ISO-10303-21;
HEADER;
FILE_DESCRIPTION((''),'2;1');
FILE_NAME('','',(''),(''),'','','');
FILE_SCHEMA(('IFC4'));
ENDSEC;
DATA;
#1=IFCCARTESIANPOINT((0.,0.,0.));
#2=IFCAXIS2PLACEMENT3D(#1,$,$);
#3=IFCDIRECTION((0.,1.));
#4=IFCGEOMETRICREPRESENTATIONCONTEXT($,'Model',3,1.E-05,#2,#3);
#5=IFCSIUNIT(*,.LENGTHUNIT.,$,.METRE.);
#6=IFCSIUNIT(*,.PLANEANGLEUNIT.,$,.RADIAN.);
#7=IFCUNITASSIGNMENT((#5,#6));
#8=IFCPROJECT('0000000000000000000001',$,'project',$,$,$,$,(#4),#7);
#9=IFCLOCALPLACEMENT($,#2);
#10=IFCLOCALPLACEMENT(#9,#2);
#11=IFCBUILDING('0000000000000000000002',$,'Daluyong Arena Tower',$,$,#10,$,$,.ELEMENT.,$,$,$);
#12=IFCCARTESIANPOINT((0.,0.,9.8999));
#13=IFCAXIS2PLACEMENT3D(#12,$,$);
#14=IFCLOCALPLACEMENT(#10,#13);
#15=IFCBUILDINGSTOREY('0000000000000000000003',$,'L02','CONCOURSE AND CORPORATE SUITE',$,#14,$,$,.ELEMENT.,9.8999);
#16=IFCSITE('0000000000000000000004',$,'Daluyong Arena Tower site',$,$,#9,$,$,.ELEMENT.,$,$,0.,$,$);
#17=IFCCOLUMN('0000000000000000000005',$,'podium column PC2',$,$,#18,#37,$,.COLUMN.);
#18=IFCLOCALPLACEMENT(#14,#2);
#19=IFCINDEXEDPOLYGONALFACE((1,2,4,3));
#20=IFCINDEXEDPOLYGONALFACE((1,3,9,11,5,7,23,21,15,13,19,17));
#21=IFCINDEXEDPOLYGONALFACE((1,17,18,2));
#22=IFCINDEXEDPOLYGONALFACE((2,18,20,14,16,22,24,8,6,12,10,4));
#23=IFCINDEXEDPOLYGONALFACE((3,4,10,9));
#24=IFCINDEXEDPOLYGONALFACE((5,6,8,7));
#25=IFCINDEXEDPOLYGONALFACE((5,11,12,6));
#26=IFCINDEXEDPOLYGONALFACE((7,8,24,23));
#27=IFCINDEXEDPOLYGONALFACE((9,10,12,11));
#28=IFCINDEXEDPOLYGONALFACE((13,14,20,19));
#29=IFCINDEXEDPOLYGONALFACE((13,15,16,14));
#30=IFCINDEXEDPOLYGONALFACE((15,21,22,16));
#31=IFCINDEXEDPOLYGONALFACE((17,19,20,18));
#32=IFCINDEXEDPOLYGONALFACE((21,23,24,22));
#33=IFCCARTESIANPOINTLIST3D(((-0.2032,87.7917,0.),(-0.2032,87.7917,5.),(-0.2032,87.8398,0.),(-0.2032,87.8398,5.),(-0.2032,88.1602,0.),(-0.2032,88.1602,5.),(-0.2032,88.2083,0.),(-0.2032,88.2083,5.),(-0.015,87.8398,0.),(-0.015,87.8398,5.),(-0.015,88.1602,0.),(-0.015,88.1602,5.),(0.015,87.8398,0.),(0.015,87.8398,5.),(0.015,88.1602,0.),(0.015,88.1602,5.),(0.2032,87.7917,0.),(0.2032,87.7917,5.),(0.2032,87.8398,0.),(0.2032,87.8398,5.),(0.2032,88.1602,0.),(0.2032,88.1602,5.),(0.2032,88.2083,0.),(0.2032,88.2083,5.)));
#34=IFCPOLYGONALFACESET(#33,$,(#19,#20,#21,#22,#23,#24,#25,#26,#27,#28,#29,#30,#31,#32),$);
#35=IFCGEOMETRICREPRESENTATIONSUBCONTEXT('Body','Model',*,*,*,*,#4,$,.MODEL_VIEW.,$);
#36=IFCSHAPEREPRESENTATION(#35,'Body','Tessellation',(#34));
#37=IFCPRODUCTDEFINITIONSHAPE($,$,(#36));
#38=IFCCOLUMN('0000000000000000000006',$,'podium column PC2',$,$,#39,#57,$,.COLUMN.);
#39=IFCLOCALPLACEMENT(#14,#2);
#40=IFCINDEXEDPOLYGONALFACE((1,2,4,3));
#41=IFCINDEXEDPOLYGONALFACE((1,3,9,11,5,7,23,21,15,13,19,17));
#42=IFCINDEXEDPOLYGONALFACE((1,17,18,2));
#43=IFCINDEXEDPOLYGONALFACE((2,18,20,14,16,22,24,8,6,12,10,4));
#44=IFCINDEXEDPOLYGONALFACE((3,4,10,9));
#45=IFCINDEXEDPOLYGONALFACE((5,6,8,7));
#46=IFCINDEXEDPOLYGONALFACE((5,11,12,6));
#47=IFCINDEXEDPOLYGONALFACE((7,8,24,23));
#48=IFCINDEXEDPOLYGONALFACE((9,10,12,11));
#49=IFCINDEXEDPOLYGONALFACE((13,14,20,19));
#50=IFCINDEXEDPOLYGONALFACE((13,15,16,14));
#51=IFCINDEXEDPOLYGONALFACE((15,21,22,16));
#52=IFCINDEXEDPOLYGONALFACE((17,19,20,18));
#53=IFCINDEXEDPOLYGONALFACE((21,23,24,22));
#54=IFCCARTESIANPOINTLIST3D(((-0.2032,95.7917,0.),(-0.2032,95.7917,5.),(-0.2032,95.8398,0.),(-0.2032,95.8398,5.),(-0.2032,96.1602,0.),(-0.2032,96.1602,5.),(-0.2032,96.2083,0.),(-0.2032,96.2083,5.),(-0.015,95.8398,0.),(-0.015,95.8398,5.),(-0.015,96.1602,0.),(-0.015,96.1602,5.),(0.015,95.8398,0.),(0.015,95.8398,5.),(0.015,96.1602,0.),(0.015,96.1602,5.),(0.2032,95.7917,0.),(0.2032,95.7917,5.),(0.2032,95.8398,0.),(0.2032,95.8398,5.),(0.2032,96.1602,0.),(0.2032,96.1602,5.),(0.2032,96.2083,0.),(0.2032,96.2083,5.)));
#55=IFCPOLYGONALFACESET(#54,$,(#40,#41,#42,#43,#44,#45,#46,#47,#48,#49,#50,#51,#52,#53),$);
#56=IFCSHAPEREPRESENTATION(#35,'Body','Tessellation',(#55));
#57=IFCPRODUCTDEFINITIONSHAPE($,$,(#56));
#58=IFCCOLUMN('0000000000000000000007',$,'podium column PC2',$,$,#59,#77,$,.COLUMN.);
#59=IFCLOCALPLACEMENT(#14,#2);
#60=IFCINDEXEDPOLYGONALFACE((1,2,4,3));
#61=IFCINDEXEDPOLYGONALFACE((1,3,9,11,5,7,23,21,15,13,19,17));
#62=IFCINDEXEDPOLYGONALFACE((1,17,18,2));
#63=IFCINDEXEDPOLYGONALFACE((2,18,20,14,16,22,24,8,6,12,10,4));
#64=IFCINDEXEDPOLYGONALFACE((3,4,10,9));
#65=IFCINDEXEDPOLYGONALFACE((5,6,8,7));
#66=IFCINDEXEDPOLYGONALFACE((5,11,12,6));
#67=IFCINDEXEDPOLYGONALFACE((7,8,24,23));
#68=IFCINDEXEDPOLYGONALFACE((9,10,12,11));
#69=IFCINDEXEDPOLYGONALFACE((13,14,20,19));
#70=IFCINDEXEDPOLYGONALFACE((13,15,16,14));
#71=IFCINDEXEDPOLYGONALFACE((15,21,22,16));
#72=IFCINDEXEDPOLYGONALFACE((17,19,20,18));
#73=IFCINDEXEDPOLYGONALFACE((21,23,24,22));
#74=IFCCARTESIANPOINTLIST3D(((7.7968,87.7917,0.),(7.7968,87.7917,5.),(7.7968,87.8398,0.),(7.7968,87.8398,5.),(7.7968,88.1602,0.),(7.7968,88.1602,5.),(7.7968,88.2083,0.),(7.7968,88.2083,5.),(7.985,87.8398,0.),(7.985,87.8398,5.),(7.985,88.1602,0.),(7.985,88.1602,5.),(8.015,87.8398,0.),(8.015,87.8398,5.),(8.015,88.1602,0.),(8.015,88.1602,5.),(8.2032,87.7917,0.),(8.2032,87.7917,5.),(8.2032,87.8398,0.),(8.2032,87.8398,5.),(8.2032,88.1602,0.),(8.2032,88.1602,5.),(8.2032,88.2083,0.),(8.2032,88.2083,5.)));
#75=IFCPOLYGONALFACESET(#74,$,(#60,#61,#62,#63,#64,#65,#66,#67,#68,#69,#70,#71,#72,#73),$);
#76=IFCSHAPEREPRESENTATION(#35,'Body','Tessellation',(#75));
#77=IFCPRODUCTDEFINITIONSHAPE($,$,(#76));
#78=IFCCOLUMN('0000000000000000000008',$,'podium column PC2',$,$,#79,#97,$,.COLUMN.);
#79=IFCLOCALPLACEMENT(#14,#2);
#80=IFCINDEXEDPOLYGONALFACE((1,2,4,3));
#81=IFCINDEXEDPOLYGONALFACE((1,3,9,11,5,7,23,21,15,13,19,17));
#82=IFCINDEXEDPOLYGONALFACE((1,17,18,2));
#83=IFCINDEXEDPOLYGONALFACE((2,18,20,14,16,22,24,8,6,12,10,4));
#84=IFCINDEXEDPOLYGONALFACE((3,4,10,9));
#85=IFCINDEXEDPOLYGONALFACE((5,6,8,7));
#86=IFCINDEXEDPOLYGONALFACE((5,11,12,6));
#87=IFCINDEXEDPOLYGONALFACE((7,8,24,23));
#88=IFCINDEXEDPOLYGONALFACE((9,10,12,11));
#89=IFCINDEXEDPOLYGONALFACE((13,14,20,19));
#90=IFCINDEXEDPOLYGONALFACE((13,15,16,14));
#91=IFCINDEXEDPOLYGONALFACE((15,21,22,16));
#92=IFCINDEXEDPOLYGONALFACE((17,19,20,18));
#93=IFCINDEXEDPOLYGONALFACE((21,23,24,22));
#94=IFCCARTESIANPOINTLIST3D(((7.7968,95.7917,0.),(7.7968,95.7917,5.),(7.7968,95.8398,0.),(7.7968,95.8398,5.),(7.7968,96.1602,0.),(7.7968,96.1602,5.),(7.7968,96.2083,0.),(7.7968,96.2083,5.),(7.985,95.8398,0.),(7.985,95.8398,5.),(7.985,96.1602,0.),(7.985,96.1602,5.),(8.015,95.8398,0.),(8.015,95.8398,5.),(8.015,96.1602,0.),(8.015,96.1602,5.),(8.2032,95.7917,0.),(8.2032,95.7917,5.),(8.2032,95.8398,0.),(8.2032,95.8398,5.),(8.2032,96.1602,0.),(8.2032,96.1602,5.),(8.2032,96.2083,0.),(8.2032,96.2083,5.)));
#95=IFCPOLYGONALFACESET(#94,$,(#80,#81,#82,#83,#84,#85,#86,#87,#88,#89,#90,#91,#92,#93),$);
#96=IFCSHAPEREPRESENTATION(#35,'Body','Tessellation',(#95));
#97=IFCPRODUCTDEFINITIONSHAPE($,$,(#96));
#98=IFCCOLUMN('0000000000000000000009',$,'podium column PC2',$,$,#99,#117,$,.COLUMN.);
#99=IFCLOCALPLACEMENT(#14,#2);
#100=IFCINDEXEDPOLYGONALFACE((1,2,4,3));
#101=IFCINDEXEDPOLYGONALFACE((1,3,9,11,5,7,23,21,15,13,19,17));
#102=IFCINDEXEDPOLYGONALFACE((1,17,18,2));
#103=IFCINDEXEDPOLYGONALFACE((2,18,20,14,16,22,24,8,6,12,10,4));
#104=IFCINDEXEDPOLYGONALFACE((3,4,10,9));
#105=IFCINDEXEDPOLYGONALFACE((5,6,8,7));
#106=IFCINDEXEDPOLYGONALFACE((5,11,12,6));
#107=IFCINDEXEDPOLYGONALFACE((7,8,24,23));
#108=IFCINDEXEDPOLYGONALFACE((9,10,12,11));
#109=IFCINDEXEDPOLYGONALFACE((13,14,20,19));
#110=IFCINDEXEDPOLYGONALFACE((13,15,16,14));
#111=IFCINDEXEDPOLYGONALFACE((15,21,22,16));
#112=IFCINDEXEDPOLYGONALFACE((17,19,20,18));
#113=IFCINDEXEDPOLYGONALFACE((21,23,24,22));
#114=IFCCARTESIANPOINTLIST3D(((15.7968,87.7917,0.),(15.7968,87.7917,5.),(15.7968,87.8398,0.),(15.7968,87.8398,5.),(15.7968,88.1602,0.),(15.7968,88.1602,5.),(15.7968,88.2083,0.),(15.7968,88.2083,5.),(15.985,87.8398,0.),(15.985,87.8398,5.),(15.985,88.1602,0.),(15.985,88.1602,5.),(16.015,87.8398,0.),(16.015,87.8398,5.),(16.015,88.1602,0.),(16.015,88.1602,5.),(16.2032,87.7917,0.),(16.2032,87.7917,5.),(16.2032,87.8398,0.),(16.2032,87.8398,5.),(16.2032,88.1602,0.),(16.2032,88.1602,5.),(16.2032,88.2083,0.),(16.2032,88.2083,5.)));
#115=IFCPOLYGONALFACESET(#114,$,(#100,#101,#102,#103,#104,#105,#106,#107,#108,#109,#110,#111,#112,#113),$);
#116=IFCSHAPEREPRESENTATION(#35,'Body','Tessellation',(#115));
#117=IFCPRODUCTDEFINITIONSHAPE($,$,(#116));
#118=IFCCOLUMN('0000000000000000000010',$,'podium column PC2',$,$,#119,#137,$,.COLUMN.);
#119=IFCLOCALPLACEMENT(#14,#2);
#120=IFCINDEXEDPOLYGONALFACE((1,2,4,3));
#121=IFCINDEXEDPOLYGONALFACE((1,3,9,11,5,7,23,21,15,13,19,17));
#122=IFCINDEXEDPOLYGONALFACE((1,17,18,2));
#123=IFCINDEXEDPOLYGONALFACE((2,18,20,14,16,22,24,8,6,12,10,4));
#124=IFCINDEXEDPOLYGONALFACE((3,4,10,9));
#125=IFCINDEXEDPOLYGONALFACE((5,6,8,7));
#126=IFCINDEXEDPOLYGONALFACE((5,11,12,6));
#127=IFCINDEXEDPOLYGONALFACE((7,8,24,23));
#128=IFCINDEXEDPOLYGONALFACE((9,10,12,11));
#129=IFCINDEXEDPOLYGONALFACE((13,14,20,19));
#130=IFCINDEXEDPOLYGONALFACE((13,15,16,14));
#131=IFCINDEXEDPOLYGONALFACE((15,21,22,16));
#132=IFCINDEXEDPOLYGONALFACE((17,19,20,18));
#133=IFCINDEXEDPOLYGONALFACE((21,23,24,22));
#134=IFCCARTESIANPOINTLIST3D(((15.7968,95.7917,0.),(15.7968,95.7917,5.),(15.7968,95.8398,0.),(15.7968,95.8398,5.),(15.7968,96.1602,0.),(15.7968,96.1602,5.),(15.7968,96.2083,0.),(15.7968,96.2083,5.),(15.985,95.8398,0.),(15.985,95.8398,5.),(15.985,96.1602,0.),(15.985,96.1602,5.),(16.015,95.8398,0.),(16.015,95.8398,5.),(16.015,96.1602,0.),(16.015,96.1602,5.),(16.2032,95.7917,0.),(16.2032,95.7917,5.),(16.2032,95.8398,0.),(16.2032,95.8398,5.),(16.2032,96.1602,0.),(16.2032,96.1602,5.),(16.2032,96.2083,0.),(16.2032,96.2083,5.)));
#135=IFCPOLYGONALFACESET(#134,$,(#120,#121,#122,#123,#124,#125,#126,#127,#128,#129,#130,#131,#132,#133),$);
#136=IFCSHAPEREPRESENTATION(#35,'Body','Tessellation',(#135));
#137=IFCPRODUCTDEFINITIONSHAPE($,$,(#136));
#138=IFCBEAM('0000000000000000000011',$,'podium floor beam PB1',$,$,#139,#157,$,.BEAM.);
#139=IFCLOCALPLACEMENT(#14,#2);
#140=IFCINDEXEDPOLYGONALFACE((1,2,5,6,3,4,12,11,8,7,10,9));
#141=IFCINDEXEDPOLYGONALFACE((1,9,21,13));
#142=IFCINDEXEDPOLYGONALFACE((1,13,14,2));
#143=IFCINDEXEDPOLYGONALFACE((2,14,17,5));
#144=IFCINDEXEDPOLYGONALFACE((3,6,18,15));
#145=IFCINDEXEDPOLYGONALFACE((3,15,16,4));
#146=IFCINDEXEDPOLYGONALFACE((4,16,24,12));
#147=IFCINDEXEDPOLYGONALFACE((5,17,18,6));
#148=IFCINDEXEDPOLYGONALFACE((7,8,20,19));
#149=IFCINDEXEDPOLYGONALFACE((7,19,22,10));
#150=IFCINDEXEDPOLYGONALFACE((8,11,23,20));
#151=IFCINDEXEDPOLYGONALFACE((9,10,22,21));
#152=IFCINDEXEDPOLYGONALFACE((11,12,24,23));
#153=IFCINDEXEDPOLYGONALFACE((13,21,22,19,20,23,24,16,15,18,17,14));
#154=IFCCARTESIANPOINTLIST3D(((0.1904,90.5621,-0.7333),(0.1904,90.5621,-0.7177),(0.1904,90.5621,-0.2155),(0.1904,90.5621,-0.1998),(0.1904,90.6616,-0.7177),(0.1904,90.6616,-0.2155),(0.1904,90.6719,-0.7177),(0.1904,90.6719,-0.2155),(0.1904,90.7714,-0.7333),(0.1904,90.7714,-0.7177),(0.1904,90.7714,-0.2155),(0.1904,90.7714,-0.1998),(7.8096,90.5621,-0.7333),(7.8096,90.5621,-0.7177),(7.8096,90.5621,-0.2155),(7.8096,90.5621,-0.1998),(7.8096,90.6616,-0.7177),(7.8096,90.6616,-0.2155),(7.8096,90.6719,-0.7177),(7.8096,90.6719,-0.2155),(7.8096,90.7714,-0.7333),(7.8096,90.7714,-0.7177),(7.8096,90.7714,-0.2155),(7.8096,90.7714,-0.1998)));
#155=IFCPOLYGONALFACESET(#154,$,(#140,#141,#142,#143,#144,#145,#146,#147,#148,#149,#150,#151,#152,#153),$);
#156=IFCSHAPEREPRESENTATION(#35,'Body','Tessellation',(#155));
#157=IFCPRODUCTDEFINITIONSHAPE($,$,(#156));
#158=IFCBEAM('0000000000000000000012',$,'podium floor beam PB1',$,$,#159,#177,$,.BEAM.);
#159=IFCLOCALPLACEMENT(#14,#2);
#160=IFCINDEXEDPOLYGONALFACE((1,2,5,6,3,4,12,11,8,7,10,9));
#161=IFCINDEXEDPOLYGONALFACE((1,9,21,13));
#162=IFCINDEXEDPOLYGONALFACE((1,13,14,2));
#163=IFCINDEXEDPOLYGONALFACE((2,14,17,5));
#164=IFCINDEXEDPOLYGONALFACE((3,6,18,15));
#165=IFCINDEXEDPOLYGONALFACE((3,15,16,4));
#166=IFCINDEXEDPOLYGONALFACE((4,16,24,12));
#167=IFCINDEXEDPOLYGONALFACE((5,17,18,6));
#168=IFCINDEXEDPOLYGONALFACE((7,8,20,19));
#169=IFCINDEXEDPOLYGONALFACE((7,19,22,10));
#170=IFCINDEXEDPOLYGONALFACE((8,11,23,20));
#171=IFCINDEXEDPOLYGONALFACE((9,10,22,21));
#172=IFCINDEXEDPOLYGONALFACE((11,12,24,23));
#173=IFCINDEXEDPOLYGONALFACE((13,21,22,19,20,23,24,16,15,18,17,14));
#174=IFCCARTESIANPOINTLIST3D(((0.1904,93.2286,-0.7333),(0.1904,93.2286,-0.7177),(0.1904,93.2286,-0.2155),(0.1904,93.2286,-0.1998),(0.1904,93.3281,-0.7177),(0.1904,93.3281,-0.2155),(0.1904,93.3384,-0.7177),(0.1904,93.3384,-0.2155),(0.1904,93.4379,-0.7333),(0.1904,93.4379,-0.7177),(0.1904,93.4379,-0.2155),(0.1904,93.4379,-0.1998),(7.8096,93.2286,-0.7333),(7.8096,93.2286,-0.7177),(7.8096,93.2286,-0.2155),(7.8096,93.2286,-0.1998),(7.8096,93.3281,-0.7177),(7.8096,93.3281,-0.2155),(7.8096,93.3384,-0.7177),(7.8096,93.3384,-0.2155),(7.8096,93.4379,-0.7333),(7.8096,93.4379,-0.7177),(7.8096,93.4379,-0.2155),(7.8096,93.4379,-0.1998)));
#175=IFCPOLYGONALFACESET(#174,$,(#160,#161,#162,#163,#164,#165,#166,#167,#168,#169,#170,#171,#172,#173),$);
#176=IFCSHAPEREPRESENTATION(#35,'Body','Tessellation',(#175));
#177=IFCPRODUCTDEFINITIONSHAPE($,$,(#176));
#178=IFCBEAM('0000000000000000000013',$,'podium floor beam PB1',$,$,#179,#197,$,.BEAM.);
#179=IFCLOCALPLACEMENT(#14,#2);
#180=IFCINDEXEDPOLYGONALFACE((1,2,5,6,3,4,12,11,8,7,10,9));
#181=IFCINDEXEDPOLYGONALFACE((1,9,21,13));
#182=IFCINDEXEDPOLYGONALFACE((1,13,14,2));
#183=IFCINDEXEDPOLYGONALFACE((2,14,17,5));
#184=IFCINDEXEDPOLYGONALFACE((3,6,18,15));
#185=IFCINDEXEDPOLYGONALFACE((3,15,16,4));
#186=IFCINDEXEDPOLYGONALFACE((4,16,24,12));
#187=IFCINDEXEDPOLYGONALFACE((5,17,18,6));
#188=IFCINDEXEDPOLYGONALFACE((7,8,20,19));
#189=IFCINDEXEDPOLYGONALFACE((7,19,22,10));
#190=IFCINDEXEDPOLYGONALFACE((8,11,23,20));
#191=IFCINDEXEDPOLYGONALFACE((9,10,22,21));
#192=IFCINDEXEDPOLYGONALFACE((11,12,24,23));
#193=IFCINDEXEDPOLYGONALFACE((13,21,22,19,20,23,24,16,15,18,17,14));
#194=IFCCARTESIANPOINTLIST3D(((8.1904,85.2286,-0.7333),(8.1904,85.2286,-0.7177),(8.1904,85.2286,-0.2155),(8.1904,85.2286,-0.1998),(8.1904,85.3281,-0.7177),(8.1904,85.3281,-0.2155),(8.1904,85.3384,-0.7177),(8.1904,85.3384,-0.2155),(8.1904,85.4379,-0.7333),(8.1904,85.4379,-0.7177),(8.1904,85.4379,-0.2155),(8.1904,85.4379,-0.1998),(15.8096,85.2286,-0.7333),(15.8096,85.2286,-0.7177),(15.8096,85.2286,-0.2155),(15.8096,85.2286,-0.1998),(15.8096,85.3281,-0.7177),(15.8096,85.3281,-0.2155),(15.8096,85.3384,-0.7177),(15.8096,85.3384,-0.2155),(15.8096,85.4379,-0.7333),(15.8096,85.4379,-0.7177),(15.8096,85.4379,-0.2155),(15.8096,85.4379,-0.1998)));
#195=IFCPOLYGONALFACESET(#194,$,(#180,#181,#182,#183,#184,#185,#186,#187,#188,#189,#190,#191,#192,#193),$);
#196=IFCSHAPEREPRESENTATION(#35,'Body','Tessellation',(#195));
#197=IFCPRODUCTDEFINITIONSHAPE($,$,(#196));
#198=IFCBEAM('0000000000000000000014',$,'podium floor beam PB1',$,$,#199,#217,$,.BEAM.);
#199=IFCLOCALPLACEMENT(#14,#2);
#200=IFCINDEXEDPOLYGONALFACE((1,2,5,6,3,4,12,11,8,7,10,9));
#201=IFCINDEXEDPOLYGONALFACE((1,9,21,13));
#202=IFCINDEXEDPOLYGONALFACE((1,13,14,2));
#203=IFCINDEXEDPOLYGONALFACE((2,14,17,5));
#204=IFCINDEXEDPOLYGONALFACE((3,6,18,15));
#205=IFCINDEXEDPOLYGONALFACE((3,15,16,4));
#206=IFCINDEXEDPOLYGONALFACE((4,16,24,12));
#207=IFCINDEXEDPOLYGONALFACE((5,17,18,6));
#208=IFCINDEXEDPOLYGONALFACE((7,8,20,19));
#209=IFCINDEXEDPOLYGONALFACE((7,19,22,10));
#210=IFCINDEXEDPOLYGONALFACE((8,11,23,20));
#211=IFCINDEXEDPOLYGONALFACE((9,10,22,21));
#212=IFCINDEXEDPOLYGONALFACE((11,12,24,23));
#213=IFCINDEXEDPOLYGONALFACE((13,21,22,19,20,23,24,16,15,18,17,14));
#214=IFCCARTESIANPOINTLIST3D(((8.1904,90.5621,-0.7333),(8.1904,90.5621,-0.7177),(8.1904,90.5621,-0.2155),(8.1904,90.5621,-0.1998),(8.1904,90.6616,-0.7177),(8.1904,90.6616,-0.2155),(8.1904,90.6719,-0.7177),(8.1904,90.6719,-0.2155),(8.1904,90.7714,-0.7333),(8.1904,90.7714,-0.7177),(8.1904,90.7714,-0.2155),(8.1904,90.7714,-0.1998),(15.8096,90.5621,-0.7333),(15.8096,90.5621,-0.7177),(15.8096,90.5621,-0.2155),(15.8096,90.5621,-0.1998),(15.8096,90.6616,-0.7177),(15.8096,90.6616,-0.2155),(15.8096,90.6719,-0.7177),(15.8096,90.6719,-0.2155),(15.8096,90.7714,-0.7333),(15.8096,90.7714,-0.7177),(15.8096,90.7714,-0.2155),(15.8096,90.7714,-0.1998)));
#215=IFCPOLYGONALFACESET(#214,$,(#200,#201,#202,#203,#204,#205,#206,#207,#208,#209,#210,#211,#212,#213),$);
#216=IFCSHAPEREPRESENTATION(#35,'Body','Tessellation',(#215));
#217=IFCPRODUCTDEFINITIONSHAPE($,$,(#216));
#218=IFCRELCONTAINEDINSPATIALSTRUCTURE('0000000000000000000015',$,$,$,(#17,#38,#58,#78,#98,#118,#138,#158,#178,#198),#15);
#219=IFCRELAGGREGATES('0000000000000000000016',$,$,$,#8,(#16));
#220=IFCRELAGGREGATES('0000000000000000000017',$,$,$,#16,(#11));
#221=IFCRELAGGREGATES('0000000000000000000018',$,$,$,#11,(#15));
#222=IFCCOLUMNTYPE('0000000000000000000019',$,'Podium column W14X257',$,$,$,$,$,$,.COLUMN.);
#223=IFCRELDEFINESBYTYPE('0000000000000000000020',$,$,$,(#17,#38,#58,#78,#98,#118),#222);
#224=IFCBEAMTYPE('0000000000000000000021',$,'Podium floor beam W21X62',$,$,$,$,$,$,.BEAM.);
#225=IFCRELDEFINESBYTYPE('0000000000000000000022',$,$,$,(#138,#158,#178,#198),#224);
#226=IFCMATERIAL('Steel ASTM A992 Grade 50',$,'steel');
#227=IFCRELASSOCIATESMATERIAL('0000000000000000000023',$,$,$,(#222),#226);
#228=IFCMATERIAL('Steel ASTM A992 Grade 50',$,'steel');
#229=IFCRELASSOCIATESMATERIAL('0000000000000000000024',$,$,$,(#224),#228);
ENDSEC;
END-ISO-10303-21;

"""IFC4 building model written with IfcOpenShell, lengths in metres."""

from ifc_helpers import new_model, si_unit, direction, frame, origin, origin_2d, place, context, subcontext, project, spatial, i_section, extrude, material, material_profile, profile_set, type_object, element, save


model = new_model("IFC4")

# Units and contexts
model_context = context("Model", 3, precision=1e-05, world=origin(), true_north=direction((0.0, 1.0)))
body_context = subcontext(model_context, "Body", "Model", "MODEL_VIEW")
ifc_project = project(units=[si_unit("LENGTHUNIT", "METRE"), si_unit("PLANEANGLEUNIT", "RADIAN")], contexts=[model_context])

# Site, building, storey
site_placement = place(None, origin())
site = spatial("IfcSite", under=ifc_project, at=site_placement, Name="Daluyong Arena Tower site", CompositionType="ELEMENT", RefElevation=0.0)
building_placement = place(site_placement, origin())
building = spatial("IfcBuilding", under=site, at=building_placement, Name="Daluyong Arena Tower", CompositionType="ELEMENT")
storey_placement = place(building_placement, frame((0.0, 0.0, 9.8999)))
storey = spatial("IfcBuildingStorey", under=building, at=storey_placement, Name="L02", Description="CONCOURSE AND CORPORATE SUITE", CompositionType="ELEMENT", Elevation=9.8999)

# Columns
ifc_material_1 = material(Name="Steel ASTM A992 Grade 50", Category="steel")
ifc_material_profile_1 = material_profile(ifc_material_1, i_section(OverallWidth=0.4065, OverallDepth=0.4165, WebThickness=0.03, FlangeThickness=0.0481, at=origin_2d()))
ifc_profile_set_1 = profile_set([ifc_material_profile_1], Name="Steel ASTM A992 Grade 50")
column_type = type_object("IfcColumnType", Name="Podium column W14X257", PredefinedType="COLUMN", material=ifc_profile_set_1)
for number, where, z_axis, x_axis, name in (
    (1, (0.0, 88.0, 0.0), (0.0, 0.0, 1.0), (1.0, 0.0, 0.0), "podium column PC2"),
    (2, (0.0, 96.0, 0.0), (0.0, 0.0, 1.0), (1.0, 0.0, 0.0), "podium column PC2"),
    (3, (8.0, 88.0, 0.0), (0.0, 0.0, 1.0), (1.0, 0.0, 0.0), "podium column PC2"),
    (4, (8.0, 96.0, 0.0), (0.0, 0.0, 1.0), (1.0, 0.0, 0.0), "podium column PC2"),
    (5, (16.0, 88.0, 0.0), (0.0, 0.0, 1.0), (1.0, 0.0, 0.0), "podium column PC2"),
    (6, (16.0, 96.0, 0.0), (0.0, 0.0, 1.0), (1.0, 0.0, 0.0), "podium column PC2"),
):
    element("IfcColumn", number, at=place(storey_placement, frame(where, z_axis=z_axis, x_axis=x_axis)), inside=storey, type_object=column_type, Name=name, PredefinedType="COLUMN", context=body_context, shape_type="SweptSolid", body=[
        extrude(i_section(OverallWidth=0.4065, OverallDepth=0.4165, WebThickness=0.03, FlangeThickness=0.0481, at=origin_2d()), origin(), (0.0, 0.0, 1.0), 5.0),
    ])

# Beams
ifc_material_2 = material(Name="Steel ASTM A992 Grade 50", Category="steel")
ifc_material_profile_2 = material_profile(ifc_material_2, i_section(OverallWidth=0.2092, OverallDepth=0.5334, WebThickness=0.0103, FlangeThickness=0.0156, at=origin_2d()))
ifc_profile_set_2 = profile_set([ifc_material_profile_2], Name="Steel ASTM A992 Grade 50")
beam_type_1 = type_object("IfcBeamType", Name="Podium floor beam W21X62", PredefinedType="BEAM", material=ifc_profile_set_2)
for number, where, z_axis, x_axis, name in (
    (7, (0.1904, 90.6667, -0.4666), (1.0, 0.0, 0.0), (0.0, 1.0, 0.0), "podium floor beam PB1"),
    (8, (0.1904, 93.3333, -0.4666), (1.0, 0.0, 0.0), (0.0, 1.0, 0.0), "podium floor beam PB1"),
    (9, (8.1904, 85.3333, -0.4666), (1.0, 0.0, 0.0), (0.0, 1.0, 0.0), "podium floor beam PB1"),
    (10, (8.1904, 90.6667, -0.4666), (1.0, 0.0, 0.0), (0.0, 1.0, 0.0), "podium floor beam PB1"),
):
    element("IfcBeam", number, at=place(storey_placement, frame(where, z_axis=z_axis, x_axis=x_axis)), inside=storey, type_object=beam_type_1, Name=name, PredefinedType="BEAM", context=body_context, shape_type="SweptSolid", body=[
        extrude(i_section(OverallWidth=0.2092, OverallDepth=0.5334, WebThickness=0.0103, FlangeThickness=0.0156, at=origin_2d()), origin(), (0.0, 0.0, 1.0), 7.6191),
    ])

save(model, "model.ifc")
